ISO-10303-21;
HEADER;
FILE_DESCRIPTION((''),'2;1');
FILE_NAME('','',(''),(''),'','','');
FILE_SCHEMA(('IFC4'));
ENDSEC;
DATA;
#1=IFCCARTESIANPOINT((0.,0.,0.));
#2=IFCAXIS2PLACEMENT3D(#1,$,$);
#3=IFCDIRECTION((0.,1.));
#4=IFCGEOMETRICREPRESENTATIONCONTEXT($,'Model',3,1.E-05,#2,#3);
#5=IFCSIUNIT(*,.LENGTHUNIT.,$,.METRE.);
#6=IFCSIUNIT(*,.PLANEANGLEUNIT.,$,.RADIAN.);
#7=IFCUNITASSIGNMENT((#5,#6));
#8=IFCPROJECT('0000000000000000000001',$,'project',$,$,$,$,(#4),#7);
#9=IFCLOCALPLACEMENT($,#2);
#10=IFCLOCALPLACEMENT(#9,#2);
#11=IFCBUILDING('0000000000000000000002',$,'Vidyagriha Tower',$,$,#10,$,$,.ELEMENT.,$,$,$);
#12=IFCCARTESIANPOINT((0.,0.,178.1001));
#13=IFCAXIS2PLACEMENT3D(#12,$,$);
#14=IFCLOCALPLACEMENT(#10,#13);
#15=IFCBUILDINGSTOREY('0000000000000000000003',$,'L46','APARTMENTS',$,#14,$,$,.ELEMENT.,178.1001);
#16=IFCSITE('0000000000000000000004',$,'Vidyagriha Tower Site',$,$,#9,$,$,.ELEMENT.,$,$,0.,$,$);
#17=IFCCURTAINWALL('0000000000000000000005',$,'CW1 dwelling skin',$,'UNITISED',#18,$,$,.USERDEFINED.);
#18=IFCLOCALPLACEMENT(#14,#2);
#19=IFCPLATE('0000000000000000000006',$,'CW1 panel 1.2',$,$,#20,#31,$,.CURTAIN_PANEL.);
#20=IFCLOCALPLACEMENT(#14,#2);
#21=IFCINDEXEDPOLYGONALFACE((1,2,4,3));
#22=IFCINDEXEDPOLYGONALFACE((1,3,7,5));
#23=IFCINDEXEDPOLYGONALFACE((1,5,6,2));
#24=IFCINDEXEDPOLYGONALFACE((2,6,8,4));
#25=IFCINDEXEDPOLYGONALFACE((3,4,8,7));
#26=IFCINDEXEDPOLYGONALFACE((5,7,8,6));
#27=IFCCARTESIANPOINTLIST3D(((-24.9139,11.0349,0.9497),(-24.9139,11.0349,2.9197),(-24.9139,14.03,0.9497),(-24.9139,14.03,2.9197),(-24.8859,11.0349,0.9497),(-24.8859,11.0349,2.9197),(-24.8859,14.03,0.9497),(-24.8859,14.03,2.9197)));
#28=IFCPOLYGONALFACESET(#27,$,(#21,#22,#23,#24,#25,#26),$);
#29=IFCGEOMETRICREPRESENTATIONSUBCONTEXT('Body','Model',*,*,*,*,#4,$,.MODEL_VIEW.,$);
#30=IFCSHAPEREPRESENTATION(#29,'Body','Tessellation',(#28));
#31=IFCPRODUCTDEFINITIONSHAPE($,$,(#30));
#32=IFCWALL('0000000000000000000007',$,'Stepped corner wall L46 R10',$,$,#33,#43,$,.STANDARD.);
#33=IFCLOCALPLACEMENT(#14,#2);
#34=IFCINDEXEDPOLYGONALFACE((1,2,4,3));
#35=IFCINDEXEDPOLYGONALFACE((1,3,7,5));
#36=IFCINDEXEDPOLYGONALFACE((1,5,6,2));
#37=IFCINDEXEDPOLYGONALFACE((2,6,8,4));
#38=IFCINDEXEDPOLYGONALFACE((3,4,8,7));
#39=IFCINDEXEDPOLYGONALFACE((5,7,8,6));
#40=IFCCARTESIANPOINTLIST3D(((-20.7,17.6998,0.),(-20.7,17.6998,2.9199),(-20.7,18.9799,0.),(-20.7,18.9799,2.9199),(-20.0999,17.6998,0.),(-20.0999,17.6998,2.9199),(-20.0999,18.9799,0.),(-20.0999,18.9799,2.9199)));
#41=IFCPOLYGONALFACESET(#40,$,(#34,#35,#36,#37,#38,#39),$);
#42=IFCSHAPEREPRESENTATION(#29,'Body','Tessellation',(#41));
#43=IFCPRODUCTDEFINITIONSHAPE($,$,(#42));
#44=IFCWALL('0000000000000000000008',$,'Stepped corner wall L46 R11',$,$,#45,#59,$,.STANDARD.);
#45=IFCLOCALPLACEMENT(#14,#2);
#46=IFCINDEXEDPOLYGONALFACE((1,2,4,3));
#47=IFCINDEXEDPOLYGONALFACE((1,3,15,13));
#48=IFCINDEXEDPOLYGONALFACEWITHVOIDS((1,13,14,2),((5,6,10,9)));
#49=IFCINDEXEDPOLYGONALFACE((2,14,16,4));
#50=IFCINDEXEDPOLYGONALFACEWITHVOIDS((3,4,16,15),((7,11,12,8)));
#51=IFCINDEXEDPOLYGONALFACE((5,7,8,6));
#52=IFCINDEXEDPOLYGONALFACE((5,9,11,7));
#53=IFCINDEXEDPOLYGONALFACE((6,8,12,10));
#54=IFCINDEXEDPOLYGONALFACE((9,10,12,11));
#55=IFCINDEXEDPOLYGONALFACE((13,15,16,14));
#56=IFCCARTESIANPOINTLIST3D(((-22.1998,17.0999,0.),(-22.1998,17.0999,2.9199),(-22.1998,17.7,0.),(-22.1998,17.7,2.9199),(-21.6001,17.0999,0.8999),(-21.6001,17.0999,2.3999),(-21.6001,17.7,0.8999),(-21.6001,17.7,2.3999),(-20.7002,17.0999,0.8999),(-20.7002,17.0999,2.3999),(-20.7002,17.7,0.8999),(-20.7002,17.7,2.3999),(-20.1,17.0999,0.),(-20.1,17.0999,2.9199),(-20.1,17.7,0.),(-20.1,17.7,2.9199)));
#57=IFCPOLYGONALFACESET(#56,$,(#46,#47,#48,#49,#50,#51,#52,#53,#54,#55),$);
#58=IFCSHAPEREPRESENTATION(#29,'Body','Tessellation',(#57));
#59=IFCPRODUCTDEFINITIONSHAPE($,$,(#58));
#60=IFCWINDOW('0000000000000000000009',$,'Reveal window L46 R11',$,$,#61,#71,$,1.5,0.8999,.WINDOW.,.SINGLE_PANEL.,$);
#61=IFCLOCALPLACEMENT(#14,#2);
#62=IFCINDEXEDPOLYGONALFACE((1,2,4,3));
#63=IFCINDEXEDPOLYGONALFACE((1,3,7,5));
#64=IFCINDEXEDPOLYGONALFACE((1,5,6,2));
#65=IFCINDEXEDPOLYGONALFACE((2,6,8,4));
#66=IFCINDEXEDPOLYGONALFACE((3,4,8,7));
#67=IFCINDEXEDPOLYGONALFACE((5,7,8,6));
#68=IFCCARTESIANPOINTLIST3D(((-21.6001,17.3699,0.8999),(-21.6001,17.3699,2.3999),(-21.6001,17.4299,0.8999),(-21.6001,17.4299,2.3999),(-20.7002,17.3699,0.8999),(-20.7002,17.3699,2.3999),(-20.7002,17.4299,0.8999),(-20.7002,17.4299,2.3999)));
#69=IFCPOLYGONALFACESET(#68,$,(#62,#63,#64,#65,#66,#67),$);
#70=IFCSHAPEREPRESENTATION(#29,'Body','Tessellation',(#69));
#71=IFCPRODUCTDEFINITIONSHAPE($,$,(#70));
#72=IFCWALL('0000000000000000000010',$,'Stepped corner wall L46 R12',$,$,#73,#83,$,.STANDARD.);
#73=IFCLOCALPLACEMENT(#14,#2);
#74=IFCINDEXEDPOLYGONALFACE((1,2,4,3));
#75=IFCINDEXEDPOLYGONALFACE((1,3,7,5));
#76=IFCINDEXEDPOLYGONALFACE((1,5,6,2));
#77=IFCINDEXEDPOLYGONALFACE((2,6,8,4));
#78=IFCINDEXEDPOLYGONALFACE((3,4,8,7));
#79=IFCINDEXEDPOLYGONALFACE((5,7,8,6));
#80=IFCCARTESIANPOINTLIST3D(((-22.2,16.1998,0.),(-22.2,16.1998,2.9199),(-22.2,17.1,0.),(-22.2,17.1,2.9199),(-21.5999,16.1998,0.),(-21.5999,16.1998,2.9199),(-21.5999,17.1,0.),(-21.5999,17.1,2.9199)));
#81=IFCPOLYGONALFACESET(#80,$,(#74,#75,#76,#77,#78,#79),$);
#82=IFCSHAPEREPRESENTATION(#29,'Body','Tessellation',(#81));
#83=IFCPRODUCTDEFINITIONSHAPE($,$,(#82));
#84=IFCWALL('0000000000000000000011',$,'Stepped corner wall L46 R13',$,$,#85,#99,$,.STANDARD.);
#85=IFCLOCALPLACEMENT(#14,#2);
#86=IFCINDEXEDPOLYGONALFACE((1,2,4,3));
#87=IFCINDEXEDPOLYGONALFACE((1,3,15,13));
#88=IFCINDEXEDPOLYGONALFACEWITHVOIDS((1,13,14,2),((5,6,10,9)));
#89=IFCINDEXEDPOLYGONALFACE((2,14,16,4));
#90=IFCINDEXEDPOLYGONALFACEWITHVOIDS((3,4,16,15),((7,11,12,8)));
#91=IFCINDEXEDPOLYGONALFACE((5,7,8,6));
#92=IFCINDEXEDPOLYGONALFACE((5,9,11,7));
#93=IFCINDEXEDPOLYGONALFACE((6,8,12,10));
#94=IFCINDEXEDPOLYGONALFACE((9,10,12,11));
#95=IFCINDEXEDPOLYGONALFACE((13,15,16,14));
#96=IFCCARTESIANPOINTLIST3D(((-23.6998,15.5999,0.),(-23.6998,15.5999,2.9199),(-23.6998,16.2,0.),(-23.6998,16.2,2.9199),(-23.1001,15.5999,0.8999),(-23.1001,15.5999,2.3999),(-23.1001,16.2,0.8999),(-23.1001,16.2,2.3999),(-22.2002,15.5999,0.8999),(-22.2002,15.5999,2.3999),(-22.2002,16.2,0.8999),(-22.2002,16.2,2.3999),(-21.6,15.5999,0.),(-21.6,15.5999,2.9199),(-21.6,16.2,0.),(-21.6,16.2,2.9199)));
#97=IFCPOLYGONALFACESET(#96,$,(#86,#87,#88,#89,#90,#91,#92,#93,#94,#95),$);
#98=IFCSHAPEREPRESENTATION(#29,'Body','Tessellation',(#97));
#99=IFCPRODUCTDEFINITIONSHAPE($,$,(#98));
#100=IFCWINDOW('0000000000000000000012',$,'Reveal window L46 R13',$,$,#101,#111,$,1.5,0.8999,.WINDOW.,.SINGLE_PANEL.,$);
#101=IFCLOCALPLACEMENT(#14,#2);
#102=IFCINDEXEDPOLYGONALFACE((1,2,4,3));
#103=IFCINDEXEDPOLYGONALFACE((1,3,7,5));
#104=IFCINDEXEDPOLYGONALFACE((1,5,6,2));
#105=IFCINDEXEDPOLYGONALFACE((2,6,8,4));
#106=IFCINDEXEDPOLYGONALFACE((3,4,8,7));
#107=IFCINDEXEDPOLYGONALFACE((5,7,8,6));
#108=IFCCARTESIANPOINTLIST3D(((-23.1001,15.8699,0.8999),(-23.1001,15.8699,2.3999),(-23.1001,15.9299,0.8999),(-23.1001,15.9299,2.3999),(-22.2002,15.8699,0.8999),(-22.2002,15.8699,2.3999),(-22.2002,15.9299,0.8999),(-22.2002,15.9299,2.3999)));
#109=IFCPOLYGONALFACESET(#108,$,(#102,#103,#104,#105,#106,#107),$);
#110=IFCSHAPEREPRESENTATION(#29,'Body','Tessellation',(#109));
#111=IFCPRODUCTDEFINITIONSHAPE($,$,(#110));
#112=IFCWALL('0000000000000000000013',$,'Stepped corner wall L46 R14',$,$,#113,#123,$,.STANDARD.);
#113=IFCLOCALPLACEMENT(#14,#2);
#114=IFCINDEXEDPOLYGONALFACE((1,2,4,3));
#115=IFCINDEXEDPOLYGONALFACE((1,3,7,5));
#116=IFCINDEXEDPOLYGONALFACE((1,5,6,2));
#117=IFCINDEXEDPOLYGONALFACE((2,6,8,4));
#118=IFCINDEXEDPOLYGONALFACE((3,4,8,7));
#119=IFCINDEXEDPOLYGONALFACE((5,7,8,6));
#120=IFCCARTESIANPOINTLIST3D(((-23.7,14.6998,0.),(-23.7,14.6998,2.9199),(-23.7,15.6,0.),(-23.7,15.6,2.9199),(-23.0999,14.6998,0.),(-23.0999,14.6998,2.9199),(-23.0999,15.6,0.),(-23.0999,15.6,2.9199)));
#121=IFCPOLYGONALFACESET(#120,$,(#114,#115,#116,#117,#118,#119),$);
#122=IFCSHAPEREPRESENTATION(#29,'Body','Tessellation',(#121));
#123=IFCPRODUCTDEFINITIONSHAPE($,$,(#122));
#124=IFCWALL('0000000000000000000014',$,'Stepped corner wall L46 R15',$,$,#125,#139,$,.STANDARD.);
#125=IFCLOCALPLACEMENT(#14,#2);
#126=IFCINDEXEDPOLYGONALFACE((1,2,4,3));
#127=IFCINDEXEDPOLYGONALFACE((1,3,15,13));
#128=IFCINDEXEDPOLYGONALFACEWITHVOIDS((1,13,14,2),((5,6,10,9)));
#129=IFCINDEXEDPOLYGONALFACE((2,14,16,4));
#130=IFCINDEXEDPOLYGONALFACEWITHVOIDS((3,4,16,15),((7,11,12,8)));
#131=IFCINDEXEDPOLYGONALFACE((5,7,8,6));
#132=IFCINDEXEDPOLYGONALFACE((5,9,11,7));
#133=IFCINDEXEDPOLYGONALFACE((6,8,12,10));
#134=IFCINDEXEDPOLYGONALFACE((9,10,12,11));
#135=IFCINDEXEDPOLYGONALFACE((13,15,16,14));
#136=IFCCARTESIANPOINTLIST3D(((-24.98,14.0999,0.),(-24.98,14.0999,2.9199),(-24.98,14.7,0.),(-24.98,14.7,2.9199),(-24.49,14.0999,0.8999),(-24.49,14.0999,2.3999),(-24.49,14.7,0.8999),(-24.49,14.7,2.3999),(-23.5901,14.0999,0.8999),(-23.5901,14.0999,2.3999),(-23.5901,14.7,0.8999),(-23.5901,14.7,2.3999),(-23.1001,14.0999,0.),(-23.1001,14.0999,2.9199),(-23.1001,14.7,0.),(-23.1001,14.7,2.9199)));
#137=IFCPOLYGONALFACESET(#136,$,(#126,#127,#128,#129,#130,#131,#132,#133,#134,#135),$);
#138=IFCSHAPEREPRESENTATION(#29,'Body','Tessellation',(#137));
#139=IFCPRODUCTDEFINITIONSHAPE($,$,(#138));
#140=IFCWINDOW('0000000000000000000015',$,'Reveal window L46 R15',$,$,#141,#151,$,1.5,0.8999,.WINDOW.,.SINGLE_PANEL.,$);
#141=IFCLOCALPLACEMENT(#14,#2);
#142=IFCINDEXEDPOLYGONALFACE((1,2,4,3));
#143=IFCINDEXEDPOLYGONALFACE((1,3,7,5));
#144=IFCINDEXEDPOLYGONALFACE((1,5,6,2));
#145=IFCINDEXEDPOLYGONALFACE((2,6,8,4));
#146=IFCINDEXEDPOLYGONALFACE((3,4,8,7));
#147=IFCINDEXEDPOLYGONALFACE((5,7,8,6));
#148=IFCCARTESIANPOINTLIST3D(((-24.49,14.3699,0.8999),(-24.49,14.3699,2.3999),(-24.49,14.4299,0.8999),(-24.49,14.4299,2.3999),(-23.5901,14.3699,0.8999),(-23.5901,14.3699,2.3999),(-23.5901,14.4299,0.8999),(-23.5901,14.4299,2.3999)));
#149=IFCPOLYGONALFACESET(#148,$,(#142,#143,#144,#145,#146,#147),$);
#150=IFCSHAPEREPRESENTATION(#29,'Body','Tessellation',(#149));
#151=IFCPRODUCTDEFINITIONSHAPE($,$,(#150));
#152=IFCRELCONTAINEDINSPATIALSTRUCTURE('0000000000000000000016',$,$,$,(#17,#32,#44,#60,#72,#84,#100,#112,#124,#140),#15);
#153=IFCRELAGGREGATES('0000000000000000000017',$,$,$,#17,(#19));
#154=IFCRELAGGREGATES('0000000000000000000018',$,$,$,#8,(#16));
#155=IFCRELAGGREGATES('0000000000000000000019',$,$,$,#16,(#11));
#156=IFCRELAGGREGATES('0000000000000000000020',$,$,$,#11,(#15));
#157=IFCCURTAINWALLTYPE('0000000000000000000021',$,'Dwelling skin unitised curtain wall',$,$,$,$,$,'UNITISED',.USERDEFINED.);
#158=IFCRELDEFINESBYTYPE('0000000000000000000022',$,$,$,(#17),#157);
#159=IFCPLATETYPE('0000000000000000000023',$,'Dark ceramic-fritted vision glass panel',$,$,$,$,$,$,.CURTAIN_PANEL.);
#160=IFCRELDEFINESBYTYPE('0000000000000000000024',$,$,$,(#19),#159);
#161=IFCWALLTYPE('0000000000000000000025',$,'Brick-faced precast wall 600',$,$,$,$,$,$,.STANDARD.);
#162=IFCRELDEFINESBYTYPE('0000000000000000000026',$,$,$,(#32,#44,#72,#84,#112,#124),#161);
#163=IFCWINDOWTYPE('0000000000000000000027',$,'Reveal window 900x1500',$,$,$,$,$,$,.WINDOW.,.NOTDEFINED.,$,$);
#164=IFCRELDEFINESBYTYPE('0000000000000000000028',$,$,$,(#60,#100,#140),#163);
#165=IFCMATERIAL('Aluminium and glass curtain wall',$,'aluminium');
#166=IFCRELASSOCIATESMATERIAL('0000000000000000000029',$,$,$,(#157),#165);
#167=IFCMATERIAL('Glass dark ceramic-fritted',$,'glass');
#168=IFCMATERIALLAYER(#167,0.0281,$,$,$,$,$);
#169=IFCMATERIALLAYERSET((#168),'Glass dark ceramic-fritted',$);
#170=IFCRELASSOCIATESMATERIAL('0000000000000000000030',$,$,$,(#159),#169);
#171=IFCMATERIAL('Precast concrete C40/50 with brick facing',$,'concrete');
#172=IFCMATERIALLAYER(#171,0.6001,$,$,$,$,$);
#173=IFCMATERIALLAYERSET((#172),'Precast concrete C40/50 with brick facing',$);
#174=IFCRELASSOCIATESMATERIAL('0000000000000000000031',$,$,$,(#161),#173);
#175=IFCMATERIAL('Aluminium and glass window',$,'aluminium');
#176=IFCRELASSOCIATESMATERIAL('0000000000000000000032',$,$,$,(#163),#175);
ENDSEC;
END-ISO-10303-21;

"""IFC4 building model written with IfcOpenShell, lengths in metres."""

from ifc_helpers import new_model, si_unit, direction, frame, frame_2d, origin, origin_2d, place, context, subcontext, project, spatial, rectangle, extrude, material, layer, layer_set, type_object, element, fill, aggregate, save


model = new_model("IFC4")

# Units and contexts
model_context = context("Model", 3, precision=1e-05, world=origin(), true_north=direction((0.0, 1.0)))
body_context = subcontext(model_context, "Body", "Model", "MODEL_VIEW")
ifc_project = project(units=[si_unit("LENGTHUNIT", "METRE"), si_unit("PLANEANGLEUNIT", "RADIAN")], contexts=[model_context])

# Site, building, storey
site_placement = place(None, origin())
site = spatial("IfcSite", under=ifc_project, at=site_placement, Name="Vidyagriha Tower Site", CompositionType="ELEMENT", RefElevation=0.0)
building_placement = place(site_placement, origin())
building = spatial("IfcBuilding", under=site, at=building_placement, Name="Vidyagriha Tower", CompositionType="ELEMENT")
storey_placement = place(building_placement, frame((0.0, 0.0, 178.1001)))
storey = spatial("IfcBuildingStorey", under=building, at=storey_placement, Name="L46", Description="APARTMENTS", CompositionType="ELEMENT", Elevation=178.1001)

# Shared definitions
ifc_material_1 = material(Name="Aluminium and glass curtain wall", Category="aluminium")
curtain_wall_type = type_object("IfcCurtainWallType", Name="Dwelling skin unitised curtain wall", ElementType="UNITISED", PredefinedType="USERDEFINED", material=ifc_material_1)

# Curtain wall
curtain_wall_1_placement = place(storey_placement, origin())
curtain_wall_1 = element("IfcCurtainWall", 1, at=curtain_wall_1_placement, inside=storey, type_object=curtain_wall_type, Name="CW1 dwelling skin", ObjectType="UNITISED", PredefinedType="USERDEFINED")

# Plate
ifc_material_2 = material(Name="Glass dark ceramic-fritted", Category="glass")
ifc_layer_1 = layer(ifc_material_2, 0.0281)
ifc_layer_set_1 = layer_set([ifc_layer_1], Name="Glass dark ceramic-fritted")
plate_type_1 = type_object("IfcPlateType", Name="Dark ceramic-fritted vision glass panel", PredefinedType="CURTAIN_PANEL", material=ifc_layer_set_1)
plate_1_placement = place(storey_placement, frame((-24.8999, 12.5325, 0.9497), z_axis=(0.0, 0.0, 1.0), x_axis=(0.0, -1.0, 0.0)))
plate_1 = element("IfcPlate", 2, at=plate_1_placement, type_object=plate_type_1, Name="CW1 panel 1.2", PredefinedType="CURTAIN_PANEL", context=body_context, shape_type="SweptSolid", body=[
    extrude(rectangle(XDim=2.9951, YDim=0.0281, at=origin_2d()), origin(), (0.0, 0.0, 1.0), 1.97),
])
aggregate(curtain_wall_1, [plate_1])

# Wall
ifc_material_3 = material(Name="Precast concrete C40/50 with brick facing", Category="concrete")
ifc_layer_2 = layer(ifc_material_3, 0.6001)
ifc_layer_set_2 = layer_set([ifc_layer_2], Name="Precast concrete C40/50 with brick facing")
wall_type_1 = type_object("IfcWallType", Name="Brick-faced precast wall 600", PredefinedType="STANDARD", material=ifc_layer_set_2)
wall_1_placement = place(storey_placement, frame((-20.3999, 18.98, 0.0), z_axis=(0.0, 0.0, 1.0), x_axis=(0.0, -1.0, 0.0)))
element("IfcWall", 3, at=wall_1_placement, inside=storey, type_object=wall_type_1, Name="Stepped corner wall L46 R10", PredefinedType="STANDARD", context=body_context, shape_type="SweptSolid", body=[
    extrude(rectangle(XDim=1.28, YDim=0.6001, at=frame_2d((0.6401, 0.0))), origin(), (0.0, 0.0, 1.0), 2.9199),
])

# Wall, opening, window
wall_2_placement = place(storey_placement, frame((-20.1001, 17.3999, 0.0), z_axis=(0.0, 0.0, 1.0), x_axis=(-1.0, 0.0, 0.0)))
wall_2 = element("IfcWall", 4, at=wall_2_placement, inside=storey, type_object=wall_type_1, Name="Stepped corner wall L46 R11", PredefinedType="STANDARD", context=body_context, shape_type="SweptSolid", body=[
    extrude(rectangle(XDim=2.0999, YDim=0.6001, at=frame_2d((1.0498, 0.0))), origin(), (0.0, 0.0, 1.0), 2.9199),
])
opening_1_placement = place(wall_2_placement, frame((0.6001, 0.0, 0.8999)))
opening_1 = element("IfcOpeningElement", 5, at=opening_1_placement, cuts=wall_2, PredefinedType="OPENING", context=body_context, shape_type="SweptSolid", body=[
    extrude(rectangle(XDim=0.8999, YDim=1.5, at=frame_2d((0.45, 0.75))), frame((0.0, 0.3101, 0.0), z_axis=(0.0, -1.0, 0.0), x_axis=(1.0, 0.0, 0.0)), (0.0, 0.0, 1.0), 0.6201),
])
ifc_material_4 = material(Name="Aluminium and glass window", Category="aluminium")
window_type = type_object("IfcWindowType", Name="Reveal window 900x1500", PartitioningType="NOTDEFINED", PredefinedType="WINDOW", material=ifc_material_4)
window_1_placement = place(opening_1_placement, origin())
window_1 = element("IfcWindow", 6, at=window_1_placement, inside=storey, type_object=window_type, Name="Reveal window L46 R11", OverallHeight=1.5, OverallWidth=0.8999, PartitioningType="SINGLE_PANEL", PredefinedType="WINDOW", context=body_context, shape_type="SweptSolid", body=[
    extrude(rectangle(XDim=0.8999, YDim=1.5, at=frame_2d((0.45, 0.75))), frame((0.0, 0.03, 0.0), z_axis=(0.0, -1.0, 0.0), x_axis=(1.0, 0.0, 0.0)), (0.0, 0.0, 1.0), 0.0601),
])
fill(opening_1, window_1)

# Wall
wall_3_placement = place(storey_placement, frame((-21.8999, 17.1001, 0.0), z_axis=(0.0, 0.0, 1.0), x_axis=(0.0, -1.0, 0.0)))
element("IfcWall", 7, at=wall_3_placement, inside=storey, type_object=wall_type_1, Name="Stepped corner wall L46 R12", PredefinedType="STANDARD", context=body_context, shape_type="SweptSolid", body=[
    extrude(rectangle(XDim=0.9001, YDim=0.6001, at=frame_2d((0.4502, 0.0))), origin(), (0.0, 0.0, 1.0), 2.9199),
])

# Wall, opening, window
wall_4_placement = place(storey_placement, frame((-21.6001, 15.8999, 0.0), z_axis=(0.0, 0.0, 1.0), x_axis=(-1.0, 0.0, 0.0)))
wall_4 = element("IfcWall", 8, at=wall_4_placement, inside=storey, type_object=wall_type_1, Name="Stepped corner wall L46 R13", PredefinedType="STANDARD", context=body_context, shape_type="SweptSolid", body=[
    extrude(rectangle(XDim=2.0999, YDim=0.6001, at=frame_2d((1.0498, 0.0))), origin(), (0.0, 0.0, 1.0), 2.9199),
])
opening_2_placement = place(wall_4_placement, frame((0.6001, 0.0, 0.8999)))
opening_2 = element("IfcOpeningElement", 9, at=opening_2_placement, cuts=wall_4, PredefinedType="OPENING", context=body_context, shape_type="SweptSolid", body=[
    extrude(rectangle(XDim=0.8999, YDim=1.5, at=frame_2d((0.45, 0.75))), frame((0.0, 0.3101, 0.0), z_axis=(0.0, -1.0, 0.0), x_axis=(1.0, 0.0, 0.0)), (0.0, 0.0, 1.0), 0.6201),
])
window_2_placement = place(opening_2_placement, origin())
window_2 = element("IfcWindow", 10, at=window_2_placement, inside=storey, type_object=window_type, Name="Reveal window L46 R13", OverallHeight=1.5, OverallWidth=0.8999, PartitioningType="SINGLE_PANEL", PredefinedType="WINDOW", context=body_context, shape_type="SweptSolid", body=[
    extrude(rectangle(XDim=0.8999, YDim=1.5, at=frame_2d((0.45, 0.75))), frame((0.0, 0.03, 0.0), z_axis=(0.0, -1.0, 0.0), x_axis=(1.0, 0.0, 0.0)), (0.0, 0.0, 1.0), 0.0601),
])
fill(opening_2, window_2)

# Wall
wall_5_placement = place(storey_placement, frame((-23.3999, 15.6001, 0.0), z_axis=(0.0, 0.0, 1.0), x_axis=(0.0, -1.0, 0.0)))
element("IfcWall", 11, at=wall_5_placement, inside=storey, type_object=wall_type_1, Name="Stepped corner wall L46 R14", PredefinedType="STANDARD", context=body_context, shape_type="SweptSolid", body=[
    extrude(rectangle(XDim=0.9001, YDim=0.6001, at=frame_2d((0.4502, 0.0))), origin(), (0.0, 0.0, 1.0), 2.9199),
])

# Wall, opening, window
wall_6_placement = place(storey_placement, frame((-23.1001, 14.3999, 0.0), z_axis=(0.0, 0.0, 1.0), x_axis=(-1.0, 0.0, 0.0)))
wall_6 = element("IfcWall", 12, at=wall_6_placement, inside=storey, type_object=wall_type_1, Name="Stepped corner wall L46 R15", PredefinedType="STANDARD", context=body_context, shape_type="SweptSolid", body=[
    extrude(rectangle(XDim=1.8799, YDim=0.6001, at=frame_2d((0.9399, 0.0))), origin(), (0.0, 0.0, 1.0), 2.9199),
])
opening_3_placement = place(wall_6_placement, frame((0.49, 0.0, 0.8999)))
opening_3 = element("IfcOpeningElement", 13, at=opening_3_placement, cuts=wall_6, PredefinedType="OPENING", context=body_context, shape_type="SweptSolid", body=[
    extrude(rectangle(XDim=0.8999, YDim=1.5, at=frame_2d((0.45, 0.75))), frame((0.0, 0.3101, 0.0), z_axis=(0.0, -1.0, 0.0), x_axis=(1.0, 0.0, 0.0)), (0.0, 0.0, 1.0), 0.6201),
])
window_3_placement = place(opening_3_placement, origin())
window_3 = element("IfcWindow", 14, at=window_3_placement, inside=storey, type_object=window_type, Name="Reveal window L46 R15", OverallHeight=1.5, OverallWidth=0.8999, PartitioningType="SINGLE_PANEL", PredefinedType="WINDOW", context=body_context, shape_type="SweptSolid", body=[
    extrude(rectangle(XDim=0.8999, YDim=1.5, at=frame_2d((0.45, 0.75))), frame((0.0, 0.03, 0.0), z_axis=(0.0, -1.0, 0.0), x_axis=(1.0, 0.0, 0.0)), (0.0, 0.0, 1.0), 0.0601),
])
fill(opening_3, window_3)

save(model, "model.ifc")
